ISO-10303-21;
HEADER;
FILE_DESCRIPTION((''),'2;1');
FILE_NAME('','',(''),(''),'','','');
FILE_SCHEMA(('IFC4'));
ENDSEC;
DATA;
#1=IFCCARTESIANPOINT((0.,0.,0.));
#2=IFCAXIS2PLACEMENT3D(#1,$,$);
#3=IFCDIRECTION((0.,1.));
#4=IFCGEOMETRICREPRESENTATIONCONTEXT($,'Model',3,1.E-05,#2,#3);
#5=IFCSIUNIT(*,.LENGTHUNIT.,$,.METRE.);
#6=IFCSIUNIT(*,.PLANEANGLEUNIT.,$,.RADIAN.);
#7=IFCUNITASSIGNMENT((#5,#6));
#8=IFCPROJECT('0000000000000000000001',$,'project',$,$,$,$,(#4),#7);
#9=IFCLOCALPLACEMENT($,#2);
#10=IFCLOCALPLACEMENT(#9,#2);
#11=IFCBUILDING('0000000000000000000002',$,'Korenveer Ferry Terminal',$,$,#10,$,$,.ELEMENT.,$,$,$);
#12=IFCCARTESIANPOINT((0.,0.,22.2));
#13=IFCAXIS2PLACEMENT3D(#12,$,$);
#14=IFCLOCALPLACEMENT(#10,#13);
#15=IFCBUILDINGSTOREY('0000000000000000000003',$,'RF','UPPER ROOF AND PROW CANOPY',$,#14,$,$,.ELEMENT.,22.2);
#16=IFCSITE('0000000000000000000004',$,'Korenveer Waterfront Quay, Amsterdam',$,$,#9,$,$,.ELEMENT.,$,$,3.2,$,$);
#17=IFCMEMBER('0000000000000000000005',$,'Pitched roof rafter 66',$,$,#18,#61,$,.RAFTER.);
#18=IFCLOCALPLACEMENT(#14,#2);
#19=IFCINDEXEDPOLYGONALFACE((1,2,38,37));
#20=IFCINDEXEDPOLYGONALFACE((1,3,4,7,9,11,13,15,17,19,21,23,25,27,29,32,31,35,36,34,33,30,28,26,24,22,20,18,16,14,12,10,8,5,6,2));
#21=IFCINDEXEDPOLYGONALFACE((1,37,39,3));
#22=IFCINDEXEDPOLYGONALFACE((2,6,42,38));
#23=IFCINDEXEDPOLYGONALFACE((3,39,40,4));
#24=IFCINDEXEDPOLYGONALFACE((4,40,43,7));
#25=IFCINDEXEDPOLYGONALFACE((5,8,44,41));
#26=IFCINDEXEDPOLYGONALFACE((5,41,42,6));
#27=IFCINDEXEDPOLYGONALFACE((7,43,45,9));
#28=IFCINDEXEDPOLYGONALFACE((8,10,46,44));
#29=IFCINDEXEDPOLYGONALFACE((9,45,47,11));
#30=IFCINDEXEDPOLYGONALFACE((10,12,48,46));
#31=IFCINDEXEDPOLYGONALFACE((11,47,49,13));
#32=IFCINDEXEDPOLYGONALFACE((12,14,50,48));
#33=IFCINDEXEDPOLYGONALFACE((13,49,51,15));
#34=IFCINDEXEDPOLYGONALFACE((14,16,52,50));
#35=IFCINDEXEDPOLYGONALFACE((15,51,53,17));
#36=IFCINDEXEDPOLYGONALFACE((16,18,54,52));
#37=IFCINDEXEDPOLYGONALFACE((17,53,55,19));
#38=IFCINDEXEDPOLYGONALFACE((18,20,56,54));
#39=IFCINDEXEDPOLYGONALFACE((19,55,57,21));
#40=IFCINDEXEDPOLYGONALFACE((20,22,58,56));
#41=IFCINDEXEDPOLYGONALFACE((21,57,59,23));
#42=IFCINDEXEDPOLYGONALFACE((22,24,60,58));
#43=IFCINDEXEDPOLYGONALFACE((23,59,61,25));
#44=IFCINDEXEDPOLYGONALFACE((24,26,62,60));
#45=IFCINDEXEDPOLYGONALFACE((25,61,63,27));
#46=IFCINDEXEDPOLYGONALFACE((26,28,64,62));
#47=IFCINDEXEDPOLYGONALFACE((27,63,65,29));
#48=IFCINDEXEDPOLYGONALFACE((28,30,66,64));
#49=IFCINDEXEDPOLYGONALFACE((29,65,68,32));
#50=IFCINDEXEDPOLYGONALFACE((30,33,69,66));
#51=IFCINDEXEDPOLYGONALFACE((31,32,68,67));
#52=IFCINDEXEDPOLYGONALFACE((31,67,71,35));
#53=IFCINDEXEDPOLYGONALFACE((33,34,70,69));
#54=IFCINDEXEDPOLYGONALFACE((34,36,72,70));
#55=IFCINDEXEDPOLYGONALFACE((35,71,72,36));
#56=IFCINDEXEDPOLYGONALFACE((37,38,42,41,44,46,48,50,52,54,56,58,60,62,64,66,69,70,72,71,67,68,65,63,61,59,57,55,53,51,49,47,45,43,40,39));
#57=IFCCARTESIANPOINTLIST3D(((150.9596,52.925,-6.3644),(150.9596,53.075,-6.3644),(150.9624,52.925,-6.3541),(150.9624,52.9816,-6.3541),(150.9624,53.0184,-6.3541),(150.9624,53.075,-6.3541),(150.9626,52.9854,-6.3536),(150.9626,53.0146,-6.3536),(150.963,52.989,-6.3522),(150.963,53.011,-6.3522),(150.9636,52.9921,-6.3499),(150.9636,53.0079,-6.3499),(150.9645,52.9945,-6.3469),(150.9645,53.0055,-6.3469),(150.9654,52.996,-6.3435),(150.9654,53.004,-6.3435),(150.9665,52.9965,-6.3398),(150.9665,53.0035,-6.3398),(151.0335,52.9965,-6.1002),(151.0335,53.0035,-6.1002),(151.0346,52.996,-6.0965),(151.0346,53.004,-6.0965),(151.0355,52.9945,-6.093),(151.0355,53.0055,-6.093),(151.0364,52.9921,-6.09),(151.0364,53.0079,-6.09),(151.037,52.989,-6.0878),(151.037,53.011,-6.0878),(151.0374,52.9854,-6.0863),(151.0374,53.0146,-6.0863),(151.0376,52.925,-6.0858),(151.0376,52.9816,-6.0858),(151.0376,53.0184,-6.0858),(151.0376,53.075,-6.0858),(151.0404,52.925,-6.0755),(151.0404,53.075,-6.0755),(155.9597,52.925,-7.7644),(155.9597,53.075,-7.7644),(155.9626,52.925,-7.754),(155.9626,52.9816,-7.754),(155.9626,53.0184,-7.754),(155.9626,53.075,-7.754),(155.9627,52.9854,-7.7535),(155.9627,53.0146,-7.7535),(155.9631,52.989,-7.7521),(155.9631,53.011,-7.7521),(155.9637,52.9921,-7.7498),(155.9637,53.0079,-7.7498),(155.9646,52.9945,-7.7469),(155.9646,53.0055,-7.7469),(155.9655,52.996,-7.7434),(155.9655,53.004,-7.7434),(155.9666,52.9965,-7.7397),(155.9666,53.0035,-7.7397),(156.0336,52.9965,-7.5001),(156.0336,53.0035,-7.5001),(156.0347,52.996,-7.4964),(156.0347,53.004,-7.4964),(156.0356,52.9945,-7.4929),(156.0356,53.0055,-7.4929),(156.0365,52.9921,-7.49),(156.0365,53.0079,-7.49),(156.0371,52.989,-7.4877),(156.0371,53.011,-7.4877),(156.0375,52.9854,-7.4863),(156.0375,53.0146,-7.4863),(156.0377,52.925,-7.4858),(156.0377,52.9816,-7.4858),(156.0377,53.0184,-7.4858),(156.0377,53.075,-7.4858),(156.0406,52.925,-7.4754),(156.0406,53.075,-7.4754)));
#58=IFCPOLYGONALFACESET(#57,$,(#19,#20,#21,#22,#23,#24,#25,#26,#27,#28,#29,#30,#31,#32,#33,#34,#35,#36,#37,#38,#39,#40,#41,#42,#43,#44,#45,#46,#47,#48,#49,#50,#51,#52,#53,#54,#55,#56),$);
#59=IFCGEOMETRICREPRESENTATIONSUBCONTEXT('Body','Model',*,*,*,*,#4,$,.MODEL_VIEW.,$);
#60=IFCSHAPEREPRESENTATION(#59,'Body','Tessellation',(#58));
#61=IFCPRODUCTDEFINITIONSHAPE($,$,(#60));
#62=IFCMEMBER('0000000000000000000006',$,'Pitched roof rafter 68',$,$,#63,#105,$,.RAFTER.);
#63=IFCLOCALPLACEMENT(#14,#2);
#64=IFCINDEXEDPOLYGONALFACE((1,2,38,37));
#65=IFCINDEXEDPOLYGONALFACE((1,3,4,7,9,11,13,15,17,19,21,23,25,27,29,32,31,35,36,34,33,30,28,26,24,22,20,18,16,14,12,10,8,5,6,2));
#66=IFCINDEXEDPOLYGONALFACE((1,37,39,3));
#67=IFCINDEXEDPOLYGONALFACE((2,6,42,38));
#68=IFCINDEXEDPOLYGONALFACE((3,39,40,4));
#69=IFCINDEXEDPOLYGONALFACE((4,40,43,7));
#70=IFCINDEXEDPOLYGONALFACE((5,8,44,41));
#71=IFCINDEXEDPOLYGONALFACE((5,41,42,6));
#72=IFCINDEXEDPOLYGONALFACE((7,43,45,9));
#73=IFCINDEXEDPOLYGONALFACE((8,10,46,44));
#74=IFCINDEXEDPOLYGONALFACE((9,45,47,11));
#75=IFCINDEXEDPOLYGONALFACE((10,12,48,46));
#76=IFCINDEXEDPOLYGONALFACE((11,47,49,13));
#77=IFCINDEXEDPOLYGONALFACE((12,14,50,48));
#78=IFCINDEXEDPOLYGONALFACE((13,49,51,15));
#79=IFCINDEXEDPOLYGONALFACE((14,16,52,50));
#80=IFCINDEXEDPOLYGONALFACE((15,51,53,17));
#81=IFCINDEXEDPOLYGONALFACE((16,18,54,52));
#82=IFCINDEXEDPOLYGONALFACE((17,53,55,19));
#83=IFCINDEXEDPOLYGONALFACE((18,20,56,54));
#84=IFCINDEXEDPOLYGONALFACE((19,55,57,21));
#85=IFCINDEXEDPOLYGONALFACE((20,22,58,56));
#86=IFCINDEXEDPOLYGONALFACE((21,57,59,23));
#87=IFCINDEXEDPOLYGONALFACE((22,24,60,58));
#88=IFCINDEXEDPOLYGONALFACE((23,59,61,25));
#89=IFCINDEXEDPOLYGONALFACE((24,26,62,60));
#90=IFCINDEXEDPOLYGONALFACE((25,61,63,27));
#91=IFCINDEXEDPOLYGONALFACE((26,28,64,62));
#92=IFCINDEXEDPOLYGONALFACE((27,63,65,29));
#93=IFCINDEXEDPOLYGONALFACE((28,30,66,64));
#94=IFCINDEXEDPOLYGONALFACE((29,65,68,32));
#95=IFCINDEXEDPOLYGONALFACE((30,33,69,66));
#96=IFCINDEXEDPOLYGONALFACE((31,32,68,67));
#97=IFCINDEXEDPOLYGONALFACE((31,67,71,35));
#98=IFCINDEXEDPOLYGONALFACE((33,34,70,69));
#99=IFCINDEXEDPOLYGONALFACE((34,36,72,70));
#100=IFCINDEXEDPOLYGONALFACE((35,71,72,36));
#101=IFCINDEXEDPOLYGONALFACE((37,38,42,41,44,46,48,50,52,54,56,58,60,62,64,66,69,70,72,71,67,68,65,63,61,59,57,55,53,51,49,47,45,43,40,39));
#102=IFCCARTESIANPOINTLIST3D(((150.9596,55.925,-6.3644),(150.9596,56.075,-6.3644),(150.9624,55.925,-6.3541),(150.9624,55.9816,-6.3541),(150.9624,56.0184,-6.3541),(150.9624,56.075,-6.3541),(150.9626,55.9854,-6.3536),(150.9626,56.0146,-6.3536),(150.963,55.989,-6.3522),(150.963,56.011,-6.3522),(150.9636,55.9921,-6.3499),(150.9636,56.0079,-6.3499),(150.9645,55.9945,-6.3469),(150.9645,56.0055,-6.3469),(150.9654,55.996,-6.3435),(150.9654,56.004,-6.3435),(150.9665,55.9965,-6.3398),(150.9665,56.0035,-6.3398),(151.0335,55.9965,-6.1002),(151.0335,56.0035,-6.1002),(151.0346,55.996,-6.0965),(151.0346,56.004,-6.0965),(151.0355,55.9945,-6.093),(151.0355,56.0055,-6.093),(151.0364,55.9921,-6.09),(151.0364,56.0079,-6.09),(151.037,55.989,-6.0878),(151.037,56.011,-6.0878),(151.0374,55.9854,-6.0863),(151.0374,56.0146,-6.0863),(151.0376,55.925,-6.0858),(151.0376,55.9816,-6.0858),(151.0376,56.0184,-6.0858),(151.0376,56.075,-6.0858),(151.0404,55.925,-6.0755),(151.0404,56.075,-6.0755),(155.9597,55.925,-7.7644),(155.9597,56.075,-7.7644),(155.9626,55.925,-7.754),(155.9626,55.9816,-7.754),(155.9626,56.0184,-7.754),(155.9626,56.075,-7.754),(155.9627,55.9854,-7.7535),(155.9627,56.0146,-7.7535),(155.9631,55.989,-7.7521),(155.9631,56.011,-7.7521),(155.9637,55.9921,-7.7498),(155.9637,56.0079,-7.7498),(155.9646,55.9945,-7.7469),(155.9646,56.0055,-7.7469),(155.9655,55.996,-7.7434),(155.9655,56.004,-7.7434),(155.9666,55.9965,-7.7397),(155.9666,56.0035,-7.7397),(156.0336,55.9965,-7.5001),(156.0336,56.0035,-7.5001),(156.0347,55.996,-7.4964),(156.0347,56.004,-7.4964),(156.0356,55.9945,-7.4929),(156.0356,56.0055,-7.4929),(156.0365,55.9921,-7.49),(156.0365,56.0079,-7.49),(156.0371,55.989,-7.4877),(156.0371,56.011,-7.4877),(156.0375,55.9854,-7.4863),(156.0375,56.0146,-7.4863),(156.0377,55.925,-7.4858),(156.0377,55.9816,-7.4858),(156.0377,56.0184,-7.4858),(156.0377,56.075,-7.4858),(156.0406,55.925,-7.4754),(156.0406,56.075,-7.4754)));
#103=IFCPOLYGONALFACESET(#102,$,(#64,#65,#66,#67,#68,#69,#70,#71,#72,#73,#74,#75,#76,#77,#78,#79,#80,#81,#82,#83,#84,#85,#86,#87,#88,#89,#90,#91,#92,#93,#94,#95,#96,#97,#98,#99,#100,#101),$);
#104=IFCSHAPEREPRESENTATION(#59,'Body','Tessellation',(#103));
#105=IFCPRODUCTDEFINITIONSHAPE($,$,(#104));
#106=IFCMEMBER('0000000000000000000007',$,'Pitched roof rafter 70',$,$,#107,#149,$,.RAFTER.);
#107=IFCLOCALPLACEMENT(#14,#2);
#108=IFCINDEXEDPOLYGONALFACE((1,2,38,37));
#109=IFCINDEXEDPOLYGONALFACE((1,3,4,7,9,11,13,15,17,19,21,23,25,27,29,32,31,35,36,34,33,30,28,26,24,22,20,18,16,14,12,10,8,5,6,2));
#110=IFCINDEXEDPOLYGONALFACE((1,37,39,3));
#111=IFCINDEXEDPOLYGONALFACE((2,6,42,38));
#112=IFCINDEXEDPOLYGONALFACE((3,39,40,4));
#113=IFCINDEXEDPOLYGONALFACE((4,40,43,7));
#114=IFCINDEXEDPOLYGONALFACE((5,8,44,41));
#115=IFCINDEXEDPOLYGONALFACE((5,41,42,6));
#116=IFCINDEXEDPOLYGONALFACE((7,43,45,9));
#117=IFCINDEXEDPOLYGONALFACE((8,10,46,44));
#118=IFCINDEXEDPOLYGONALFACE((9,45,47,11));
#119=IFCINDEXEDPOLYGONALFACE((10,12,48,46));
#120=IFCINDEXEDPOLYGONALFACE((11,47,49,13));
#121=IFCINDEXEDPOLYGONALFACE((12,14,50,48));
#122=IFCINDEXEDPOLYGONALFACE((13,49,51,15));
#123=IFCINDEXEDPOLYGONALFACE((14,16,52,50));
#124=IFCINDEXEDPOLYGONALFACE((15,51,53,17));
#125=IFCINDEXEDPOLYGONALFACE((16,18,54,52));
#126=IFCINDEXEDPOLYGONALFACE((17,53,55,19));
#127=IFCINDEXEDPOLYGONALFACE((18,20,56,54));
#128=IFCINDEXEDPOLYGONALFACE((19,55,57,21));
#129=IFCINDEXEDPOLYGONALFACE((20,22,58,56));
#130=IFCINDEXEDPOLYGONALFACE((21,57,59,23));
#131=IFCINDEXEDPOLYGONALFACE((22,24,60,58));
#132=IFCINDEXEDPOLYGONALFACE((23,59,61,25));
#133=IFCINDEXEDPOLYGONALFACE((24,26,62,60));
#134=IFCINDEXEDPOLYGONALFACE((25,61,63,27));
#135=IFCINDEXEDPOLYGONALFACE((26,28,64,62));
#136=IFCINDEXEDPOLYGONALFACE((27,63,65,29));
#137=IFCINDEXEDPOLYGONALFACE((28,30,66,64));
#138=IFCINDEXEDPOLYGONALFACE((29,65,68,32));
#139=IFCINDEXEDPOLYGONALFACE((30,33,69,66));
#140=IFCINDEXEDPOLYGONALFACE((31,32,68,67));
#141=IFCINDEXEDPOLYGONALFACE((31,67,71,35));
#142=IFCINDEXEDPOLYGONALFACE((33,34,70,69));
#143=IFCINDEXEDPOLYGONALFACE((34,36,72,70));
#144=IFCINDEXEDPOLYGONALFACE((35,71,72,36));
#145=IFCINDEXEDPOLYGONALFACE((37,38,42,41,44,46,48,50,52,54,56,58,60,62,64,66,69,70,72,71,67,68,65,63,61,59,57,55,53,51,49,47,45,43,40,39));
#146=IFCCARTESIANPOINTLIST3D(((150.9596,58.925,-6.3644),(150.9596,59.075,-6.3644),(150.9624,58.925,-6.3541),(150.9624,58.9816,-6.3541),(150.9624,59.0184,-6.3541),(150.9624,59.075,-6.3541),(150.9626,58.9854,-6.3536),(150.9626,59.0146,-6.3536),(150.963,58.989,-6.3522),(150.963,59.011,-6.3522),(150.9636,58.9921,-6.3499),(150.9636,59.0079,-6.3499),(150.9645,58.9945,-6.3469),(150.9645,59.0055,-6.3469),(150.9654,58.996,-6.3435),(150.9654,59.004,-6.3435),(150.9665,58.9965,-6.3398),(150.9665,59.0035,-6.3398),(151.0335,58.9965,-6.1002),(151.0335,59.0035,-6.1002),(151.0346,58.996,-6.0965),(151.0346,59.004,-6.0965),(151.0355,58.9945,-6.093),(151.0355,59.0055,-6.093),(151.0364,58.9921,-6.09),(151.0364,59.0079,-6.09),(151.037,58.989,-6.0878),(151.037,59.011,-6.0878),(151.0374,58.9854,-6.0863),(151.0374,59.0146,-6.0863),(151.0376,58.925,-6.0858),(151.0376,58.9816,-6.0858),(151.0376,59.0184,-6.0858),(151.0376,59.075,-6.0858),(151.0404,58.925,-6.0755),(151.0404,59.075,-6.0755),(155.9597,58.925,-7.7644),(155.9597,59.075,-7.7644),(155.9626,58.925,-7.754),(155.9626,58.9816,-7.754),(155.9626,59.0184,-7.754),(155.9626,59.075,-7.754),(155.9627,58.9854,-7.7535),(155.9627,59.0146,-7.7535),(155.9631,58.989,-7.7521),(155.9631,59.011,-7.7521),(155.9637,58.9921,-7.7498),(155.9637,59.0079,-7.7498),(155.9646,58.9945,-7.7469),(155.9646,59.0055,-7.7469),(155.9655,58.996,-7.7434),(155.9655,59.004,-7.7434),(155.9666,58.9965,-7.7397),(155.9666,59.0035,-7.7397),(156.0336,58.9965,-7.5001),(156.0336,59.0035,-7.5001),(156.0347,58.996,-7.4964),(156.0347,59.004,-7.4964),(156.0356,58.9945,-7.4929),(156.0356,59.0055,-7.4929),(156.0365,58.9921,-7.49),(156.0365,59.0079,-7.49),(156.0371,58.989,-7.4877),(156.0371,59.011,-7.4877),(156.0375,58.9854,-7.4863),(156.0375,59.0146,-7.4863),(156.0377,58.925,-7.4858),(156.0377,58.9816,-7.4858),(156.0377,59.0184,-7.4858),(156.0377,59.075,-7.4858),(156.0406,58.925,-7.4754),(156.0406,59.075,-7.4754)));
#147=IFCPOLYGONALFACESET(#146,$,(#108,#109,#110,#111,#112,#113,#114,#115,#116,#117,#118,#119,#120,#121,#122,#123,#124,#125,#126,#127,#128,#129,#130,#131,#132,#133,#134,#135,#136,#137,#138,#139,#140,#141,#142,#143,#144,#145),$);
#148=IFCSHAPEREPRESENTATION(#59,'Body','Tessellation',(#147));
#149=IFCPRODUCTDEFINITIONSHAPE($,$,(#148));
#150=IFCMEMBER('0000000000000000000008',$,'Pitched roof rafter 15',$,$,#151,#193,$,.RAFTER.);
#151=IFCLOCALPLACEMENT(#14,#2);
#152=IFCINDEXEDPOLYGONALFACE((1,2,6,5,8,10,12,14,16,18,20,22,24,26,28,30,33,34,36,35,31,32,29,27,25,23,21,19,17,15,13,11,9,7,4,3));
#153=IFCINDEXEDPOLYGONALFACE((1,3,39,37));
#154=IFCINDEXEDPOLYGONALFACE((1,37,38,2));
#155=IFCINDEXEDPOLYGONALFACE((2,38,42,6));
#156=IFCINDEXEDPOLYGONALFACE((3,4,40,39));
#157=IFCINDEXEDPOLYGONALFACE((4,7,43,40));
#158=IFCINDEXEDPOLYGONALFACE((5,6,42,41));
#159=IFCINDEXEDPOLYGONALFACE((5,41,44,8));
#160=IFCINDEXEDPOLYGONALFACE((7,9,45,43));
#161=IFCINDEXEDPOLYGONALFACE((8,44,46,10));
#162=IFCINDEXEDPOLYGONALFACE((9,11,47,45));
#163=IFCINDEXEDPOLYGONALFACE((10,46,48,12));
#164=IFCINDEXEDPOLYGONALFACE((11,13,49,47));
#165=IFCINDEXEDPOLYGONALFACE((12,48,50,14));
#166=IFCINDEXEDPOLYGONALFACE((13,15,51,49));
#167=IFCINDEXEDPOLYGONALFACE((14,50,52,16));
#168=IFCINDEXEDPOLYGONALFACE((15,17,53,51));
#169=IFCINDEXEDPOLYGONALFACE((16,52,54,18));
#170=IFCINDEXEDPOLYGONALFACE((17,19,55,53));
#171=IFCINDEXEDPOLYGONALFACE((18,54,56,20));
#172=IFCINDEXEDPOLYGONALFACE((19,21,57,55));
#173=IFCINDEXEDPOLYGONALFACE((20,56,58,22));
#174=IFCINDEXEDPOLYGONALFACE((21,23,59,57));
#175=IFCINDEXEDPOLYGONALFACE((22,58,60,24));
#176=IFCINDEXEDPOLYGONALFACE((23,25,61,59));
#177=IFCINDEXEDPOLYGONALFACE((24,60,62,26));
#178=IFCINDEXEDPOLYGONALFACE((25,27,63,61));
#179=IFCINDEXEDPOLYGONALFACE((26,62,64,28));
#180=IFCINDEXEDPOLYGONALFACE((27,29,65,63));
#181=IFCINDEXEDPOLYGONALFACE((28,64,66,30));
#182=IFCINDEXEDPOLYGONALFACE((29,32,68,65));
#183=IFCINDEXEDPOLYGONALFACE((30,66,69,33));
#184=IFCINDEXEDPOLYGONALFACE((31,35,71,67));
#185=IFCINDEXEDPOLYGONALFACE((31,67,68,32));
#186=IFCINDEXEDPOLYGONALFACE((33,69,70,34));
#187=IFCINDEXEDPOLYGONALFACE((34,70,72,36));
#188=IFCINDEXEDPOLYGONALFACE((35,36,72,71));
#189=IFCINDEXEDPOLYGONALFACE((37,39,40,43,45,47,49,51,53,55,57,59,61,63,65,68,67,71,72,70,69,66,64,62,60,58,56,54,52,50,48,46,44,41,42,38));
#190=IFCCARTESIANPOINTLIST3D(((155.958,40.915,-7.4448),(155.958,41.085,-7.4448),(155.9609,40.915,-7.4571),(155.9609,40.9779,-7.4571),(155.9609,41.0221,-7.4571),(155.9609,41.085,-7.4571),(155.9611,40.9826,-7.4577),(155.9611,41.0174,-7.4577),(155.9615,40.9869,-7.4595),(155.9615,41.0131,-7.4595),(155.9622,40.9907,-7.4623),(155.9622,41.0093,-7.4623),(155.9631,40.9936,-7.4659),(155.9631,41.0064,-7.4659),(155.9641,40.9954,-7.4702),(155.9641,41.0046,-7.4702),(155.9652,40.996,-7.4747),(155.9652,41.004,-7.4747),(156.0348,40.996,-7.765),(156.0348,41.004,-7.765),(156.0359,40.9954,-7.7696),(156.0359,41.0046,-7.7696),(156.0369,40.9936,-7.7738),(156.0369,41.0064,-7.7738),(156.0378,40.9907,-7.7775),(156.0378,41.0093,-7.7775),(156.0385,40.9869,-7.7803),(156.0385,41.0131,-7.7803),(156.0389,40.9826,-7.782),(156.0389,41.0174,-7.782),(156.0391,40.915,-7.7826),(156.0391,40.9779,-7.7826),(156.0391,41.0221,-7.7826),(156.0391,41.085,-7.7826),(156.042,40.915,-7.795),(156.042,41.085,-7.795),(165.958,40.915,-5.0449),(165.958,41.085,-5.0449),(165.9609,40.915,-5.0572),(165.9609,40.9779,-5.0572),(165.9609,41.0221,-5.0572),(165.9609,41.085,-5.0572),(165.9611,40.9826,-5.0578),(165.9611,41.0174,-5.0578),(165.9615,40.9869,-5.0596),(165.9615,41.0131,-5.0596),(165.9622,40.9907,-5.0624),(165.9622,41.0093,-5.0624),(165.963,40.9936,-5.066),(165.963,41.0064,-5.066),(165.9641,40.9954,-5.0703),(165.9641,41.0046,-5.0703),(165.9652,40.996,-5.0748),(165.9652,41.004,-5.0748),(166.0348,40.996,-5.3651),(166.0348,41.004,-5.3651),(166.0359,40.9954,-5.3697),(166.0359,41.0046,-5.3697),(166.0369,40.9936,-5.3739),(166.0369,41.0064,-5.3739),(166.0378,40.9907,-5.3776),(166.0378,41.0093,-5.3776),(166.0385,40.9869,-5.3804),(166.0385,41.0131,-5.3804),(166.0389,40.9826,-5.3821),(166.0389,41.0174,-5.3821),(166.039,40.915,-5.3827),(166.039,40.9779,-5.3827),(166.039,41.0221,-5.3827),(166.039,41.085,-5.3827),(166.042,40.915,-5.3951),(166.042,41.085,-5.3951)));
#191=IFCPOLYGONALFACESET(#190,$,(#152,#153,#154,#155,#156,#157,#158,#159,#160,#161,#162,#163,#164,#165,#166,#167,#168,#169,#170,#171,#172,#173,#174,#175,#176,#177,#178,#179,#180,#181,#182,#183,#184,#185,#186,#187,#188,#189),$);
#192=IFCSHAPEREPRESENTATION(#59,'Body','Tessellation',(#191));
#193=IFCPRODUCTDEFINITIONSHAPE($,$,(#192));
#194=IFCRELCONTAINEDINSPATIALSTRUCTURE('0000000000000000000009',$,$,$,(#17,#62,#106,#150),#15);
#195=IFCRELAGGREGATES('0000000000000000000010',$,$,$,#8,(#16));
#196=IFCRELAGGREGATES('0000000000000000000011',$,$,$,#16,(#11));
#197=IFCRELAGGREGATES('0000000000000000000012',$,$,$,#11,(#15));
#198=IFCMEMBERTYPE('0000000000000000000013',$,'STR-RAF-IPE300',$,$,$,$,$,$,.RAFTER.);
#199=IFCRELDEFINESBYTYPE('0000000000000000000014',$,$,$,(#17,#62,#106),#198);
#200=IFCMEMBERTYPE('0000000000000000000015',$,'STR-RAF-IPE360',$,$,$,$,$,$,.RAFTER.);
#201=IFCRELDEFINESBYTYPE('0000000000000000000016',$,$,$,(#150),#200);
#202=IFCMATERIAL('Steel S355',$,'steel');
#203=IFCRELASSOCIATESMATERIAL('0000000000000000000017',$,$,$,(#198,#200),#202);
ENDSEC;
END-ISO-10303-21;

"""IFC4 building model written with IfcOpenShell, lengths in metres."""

from ifc_helpers import new_model, si_unit, direction, frame, origin, origin_2d, place, context, subcontext, project, spatial, i_section, extrude, material, material_profile, profile_set, type_object, element, save


model = new_model("IFC4")

# Units and contexts
model_context = context("Model", 3, precision=1e-05, world=origin(), true_north=direction((0.0, 1.0)))
body_context = subcontext(model_context, "Body", "Model", "MODEL_VIEW")
ifc_project = project(units=[si_unit("LENGTHUNIT", "METRE"), si_unit("PLANEANGLEUNIT", "RADIAN")], contexts=[model_context])

# Site, building, storey
site_placement = place(None, origin())
site = spatial("IfcSite", under=ifc_project, at=site_placement, Name="Korenveer Waterfront Quay, Amsterdam", CompositionType="ELEMENT", RefElevation=3.2)
building_placement = place(site_placement, origin())
building = spatial("IfcBuilding", under=site, at=building_placement, Name="Korenveer Ferry Terminal", CompositionType="ELEMENT")
storey_placement = place(building_placement, frame((0.0, 0.0, 22.2)))
storey = spatial("IfcBuildingStorey", under=building, at=storey_placement, Name="RF", Description="UPPER ROOF AND PROW CANOPY", CompositionType="ELEMENT", Elevation=22.2)

# Shared definitions
ifc_material_1 = material(Name="Steel S355", Category="steel")

# Members
ifc_material_profile_1 = material_profile(ifc_material_1, i_section(OverallWidth=0.1499, OverallDepth=0.3, WebThickness=0.0071, FlangeThickness=0.0107, FilletRadius=0.0149, at=origin_2d()), Name="IPE 300")
ifc_profile_set_1 = profile_set([ifc_material_profile_1], Name="Steel S355")
member_type_1 = type_object("IfcMemberType", Name="STR-RAF-IPE300", PredefinedType="RAFTER", material=ifc_profile_set_1)
for number, where, z_axis, x_axis, name in (
    (1, (151.0, 53.0, -6.22), (0.962969, 0.0, -0.269612), (0.0, 1.0, 0.0), "Pitched roof rafter 66"),
    (2, (151.0, 56.0, -6.22), (0.962969, 0.0, -0.269612), (0.0, 1.0, 0.0), "Pitched roof rafter 68"),
    (3, (151.0, 59.0, -6.22), (0.962969, 0.0, -0.269612), (0.0, 1.0, 0.0), "Pitched roof rafter 70"),
):
    element("IfcMember", number, at=place(storey_placement, frame(where, z_axis=z_axis, x_axis=x_axis)), inside=storey, type_object=member_type_1, Name=name, PredefinedType="RAFTER", context=body_context, shape_type="SweptSolid", body=[
        extrude(i_section(OverallWidth=0.1499, OverallDepth=0.3, WebThickness=0.0071, FlangeThickness=0.0107, FilletRadius=0.0149, at=origin_2d()), origin(), (0.0, 0.0, 1.0), 5.1924),
    ])
ifc_material_profile_2 = material_profile(ifc_material_1, i_section(OverallWidth=0.1699, OverallDepth=0.3601, WebThickness=0.0081, FlangeThickness=0.0127, FilletRadius=0.0181, at=origin_2d()), Name="IPE 360")
ifc_profile_set_2 = profile_set([ifc_material_profile_2], Name="Steel S355")
member_type_2 = type_object("IfcMemberType", Name="STR-RAF-IPE360", PredefinedType="RAFTER", material=ifc_profile_set_2)
for number, where, z_axis, x_axis, name in (
    (4, (156.0, 41.0, -7.6199), (0.972389, 0.0, 0.233364), (0.0, 1.0, 0.0), "Pitched roof rafter 15"),
):
    element("IfcMember", number, at=place(storey_placement, frame(where, z_axis=z_axis, x_axis=x_axis)), inside=storey, type_object=member_type_2, Name=name, PredefinedType="RAFTER", context=body_context, shape_type="SweptSolid", body=[
        extrude(i_section(OverallWidth=0.1699, OverallDepth=0.3601, WebThickness=0.0081, FlangeThickness=0.0127, FilletRadius=0.0181, at=origin_2d()), origin(), (0.0, 0.0, 1.0), 10.2839),
    ])

save(model, "model.ifc")
